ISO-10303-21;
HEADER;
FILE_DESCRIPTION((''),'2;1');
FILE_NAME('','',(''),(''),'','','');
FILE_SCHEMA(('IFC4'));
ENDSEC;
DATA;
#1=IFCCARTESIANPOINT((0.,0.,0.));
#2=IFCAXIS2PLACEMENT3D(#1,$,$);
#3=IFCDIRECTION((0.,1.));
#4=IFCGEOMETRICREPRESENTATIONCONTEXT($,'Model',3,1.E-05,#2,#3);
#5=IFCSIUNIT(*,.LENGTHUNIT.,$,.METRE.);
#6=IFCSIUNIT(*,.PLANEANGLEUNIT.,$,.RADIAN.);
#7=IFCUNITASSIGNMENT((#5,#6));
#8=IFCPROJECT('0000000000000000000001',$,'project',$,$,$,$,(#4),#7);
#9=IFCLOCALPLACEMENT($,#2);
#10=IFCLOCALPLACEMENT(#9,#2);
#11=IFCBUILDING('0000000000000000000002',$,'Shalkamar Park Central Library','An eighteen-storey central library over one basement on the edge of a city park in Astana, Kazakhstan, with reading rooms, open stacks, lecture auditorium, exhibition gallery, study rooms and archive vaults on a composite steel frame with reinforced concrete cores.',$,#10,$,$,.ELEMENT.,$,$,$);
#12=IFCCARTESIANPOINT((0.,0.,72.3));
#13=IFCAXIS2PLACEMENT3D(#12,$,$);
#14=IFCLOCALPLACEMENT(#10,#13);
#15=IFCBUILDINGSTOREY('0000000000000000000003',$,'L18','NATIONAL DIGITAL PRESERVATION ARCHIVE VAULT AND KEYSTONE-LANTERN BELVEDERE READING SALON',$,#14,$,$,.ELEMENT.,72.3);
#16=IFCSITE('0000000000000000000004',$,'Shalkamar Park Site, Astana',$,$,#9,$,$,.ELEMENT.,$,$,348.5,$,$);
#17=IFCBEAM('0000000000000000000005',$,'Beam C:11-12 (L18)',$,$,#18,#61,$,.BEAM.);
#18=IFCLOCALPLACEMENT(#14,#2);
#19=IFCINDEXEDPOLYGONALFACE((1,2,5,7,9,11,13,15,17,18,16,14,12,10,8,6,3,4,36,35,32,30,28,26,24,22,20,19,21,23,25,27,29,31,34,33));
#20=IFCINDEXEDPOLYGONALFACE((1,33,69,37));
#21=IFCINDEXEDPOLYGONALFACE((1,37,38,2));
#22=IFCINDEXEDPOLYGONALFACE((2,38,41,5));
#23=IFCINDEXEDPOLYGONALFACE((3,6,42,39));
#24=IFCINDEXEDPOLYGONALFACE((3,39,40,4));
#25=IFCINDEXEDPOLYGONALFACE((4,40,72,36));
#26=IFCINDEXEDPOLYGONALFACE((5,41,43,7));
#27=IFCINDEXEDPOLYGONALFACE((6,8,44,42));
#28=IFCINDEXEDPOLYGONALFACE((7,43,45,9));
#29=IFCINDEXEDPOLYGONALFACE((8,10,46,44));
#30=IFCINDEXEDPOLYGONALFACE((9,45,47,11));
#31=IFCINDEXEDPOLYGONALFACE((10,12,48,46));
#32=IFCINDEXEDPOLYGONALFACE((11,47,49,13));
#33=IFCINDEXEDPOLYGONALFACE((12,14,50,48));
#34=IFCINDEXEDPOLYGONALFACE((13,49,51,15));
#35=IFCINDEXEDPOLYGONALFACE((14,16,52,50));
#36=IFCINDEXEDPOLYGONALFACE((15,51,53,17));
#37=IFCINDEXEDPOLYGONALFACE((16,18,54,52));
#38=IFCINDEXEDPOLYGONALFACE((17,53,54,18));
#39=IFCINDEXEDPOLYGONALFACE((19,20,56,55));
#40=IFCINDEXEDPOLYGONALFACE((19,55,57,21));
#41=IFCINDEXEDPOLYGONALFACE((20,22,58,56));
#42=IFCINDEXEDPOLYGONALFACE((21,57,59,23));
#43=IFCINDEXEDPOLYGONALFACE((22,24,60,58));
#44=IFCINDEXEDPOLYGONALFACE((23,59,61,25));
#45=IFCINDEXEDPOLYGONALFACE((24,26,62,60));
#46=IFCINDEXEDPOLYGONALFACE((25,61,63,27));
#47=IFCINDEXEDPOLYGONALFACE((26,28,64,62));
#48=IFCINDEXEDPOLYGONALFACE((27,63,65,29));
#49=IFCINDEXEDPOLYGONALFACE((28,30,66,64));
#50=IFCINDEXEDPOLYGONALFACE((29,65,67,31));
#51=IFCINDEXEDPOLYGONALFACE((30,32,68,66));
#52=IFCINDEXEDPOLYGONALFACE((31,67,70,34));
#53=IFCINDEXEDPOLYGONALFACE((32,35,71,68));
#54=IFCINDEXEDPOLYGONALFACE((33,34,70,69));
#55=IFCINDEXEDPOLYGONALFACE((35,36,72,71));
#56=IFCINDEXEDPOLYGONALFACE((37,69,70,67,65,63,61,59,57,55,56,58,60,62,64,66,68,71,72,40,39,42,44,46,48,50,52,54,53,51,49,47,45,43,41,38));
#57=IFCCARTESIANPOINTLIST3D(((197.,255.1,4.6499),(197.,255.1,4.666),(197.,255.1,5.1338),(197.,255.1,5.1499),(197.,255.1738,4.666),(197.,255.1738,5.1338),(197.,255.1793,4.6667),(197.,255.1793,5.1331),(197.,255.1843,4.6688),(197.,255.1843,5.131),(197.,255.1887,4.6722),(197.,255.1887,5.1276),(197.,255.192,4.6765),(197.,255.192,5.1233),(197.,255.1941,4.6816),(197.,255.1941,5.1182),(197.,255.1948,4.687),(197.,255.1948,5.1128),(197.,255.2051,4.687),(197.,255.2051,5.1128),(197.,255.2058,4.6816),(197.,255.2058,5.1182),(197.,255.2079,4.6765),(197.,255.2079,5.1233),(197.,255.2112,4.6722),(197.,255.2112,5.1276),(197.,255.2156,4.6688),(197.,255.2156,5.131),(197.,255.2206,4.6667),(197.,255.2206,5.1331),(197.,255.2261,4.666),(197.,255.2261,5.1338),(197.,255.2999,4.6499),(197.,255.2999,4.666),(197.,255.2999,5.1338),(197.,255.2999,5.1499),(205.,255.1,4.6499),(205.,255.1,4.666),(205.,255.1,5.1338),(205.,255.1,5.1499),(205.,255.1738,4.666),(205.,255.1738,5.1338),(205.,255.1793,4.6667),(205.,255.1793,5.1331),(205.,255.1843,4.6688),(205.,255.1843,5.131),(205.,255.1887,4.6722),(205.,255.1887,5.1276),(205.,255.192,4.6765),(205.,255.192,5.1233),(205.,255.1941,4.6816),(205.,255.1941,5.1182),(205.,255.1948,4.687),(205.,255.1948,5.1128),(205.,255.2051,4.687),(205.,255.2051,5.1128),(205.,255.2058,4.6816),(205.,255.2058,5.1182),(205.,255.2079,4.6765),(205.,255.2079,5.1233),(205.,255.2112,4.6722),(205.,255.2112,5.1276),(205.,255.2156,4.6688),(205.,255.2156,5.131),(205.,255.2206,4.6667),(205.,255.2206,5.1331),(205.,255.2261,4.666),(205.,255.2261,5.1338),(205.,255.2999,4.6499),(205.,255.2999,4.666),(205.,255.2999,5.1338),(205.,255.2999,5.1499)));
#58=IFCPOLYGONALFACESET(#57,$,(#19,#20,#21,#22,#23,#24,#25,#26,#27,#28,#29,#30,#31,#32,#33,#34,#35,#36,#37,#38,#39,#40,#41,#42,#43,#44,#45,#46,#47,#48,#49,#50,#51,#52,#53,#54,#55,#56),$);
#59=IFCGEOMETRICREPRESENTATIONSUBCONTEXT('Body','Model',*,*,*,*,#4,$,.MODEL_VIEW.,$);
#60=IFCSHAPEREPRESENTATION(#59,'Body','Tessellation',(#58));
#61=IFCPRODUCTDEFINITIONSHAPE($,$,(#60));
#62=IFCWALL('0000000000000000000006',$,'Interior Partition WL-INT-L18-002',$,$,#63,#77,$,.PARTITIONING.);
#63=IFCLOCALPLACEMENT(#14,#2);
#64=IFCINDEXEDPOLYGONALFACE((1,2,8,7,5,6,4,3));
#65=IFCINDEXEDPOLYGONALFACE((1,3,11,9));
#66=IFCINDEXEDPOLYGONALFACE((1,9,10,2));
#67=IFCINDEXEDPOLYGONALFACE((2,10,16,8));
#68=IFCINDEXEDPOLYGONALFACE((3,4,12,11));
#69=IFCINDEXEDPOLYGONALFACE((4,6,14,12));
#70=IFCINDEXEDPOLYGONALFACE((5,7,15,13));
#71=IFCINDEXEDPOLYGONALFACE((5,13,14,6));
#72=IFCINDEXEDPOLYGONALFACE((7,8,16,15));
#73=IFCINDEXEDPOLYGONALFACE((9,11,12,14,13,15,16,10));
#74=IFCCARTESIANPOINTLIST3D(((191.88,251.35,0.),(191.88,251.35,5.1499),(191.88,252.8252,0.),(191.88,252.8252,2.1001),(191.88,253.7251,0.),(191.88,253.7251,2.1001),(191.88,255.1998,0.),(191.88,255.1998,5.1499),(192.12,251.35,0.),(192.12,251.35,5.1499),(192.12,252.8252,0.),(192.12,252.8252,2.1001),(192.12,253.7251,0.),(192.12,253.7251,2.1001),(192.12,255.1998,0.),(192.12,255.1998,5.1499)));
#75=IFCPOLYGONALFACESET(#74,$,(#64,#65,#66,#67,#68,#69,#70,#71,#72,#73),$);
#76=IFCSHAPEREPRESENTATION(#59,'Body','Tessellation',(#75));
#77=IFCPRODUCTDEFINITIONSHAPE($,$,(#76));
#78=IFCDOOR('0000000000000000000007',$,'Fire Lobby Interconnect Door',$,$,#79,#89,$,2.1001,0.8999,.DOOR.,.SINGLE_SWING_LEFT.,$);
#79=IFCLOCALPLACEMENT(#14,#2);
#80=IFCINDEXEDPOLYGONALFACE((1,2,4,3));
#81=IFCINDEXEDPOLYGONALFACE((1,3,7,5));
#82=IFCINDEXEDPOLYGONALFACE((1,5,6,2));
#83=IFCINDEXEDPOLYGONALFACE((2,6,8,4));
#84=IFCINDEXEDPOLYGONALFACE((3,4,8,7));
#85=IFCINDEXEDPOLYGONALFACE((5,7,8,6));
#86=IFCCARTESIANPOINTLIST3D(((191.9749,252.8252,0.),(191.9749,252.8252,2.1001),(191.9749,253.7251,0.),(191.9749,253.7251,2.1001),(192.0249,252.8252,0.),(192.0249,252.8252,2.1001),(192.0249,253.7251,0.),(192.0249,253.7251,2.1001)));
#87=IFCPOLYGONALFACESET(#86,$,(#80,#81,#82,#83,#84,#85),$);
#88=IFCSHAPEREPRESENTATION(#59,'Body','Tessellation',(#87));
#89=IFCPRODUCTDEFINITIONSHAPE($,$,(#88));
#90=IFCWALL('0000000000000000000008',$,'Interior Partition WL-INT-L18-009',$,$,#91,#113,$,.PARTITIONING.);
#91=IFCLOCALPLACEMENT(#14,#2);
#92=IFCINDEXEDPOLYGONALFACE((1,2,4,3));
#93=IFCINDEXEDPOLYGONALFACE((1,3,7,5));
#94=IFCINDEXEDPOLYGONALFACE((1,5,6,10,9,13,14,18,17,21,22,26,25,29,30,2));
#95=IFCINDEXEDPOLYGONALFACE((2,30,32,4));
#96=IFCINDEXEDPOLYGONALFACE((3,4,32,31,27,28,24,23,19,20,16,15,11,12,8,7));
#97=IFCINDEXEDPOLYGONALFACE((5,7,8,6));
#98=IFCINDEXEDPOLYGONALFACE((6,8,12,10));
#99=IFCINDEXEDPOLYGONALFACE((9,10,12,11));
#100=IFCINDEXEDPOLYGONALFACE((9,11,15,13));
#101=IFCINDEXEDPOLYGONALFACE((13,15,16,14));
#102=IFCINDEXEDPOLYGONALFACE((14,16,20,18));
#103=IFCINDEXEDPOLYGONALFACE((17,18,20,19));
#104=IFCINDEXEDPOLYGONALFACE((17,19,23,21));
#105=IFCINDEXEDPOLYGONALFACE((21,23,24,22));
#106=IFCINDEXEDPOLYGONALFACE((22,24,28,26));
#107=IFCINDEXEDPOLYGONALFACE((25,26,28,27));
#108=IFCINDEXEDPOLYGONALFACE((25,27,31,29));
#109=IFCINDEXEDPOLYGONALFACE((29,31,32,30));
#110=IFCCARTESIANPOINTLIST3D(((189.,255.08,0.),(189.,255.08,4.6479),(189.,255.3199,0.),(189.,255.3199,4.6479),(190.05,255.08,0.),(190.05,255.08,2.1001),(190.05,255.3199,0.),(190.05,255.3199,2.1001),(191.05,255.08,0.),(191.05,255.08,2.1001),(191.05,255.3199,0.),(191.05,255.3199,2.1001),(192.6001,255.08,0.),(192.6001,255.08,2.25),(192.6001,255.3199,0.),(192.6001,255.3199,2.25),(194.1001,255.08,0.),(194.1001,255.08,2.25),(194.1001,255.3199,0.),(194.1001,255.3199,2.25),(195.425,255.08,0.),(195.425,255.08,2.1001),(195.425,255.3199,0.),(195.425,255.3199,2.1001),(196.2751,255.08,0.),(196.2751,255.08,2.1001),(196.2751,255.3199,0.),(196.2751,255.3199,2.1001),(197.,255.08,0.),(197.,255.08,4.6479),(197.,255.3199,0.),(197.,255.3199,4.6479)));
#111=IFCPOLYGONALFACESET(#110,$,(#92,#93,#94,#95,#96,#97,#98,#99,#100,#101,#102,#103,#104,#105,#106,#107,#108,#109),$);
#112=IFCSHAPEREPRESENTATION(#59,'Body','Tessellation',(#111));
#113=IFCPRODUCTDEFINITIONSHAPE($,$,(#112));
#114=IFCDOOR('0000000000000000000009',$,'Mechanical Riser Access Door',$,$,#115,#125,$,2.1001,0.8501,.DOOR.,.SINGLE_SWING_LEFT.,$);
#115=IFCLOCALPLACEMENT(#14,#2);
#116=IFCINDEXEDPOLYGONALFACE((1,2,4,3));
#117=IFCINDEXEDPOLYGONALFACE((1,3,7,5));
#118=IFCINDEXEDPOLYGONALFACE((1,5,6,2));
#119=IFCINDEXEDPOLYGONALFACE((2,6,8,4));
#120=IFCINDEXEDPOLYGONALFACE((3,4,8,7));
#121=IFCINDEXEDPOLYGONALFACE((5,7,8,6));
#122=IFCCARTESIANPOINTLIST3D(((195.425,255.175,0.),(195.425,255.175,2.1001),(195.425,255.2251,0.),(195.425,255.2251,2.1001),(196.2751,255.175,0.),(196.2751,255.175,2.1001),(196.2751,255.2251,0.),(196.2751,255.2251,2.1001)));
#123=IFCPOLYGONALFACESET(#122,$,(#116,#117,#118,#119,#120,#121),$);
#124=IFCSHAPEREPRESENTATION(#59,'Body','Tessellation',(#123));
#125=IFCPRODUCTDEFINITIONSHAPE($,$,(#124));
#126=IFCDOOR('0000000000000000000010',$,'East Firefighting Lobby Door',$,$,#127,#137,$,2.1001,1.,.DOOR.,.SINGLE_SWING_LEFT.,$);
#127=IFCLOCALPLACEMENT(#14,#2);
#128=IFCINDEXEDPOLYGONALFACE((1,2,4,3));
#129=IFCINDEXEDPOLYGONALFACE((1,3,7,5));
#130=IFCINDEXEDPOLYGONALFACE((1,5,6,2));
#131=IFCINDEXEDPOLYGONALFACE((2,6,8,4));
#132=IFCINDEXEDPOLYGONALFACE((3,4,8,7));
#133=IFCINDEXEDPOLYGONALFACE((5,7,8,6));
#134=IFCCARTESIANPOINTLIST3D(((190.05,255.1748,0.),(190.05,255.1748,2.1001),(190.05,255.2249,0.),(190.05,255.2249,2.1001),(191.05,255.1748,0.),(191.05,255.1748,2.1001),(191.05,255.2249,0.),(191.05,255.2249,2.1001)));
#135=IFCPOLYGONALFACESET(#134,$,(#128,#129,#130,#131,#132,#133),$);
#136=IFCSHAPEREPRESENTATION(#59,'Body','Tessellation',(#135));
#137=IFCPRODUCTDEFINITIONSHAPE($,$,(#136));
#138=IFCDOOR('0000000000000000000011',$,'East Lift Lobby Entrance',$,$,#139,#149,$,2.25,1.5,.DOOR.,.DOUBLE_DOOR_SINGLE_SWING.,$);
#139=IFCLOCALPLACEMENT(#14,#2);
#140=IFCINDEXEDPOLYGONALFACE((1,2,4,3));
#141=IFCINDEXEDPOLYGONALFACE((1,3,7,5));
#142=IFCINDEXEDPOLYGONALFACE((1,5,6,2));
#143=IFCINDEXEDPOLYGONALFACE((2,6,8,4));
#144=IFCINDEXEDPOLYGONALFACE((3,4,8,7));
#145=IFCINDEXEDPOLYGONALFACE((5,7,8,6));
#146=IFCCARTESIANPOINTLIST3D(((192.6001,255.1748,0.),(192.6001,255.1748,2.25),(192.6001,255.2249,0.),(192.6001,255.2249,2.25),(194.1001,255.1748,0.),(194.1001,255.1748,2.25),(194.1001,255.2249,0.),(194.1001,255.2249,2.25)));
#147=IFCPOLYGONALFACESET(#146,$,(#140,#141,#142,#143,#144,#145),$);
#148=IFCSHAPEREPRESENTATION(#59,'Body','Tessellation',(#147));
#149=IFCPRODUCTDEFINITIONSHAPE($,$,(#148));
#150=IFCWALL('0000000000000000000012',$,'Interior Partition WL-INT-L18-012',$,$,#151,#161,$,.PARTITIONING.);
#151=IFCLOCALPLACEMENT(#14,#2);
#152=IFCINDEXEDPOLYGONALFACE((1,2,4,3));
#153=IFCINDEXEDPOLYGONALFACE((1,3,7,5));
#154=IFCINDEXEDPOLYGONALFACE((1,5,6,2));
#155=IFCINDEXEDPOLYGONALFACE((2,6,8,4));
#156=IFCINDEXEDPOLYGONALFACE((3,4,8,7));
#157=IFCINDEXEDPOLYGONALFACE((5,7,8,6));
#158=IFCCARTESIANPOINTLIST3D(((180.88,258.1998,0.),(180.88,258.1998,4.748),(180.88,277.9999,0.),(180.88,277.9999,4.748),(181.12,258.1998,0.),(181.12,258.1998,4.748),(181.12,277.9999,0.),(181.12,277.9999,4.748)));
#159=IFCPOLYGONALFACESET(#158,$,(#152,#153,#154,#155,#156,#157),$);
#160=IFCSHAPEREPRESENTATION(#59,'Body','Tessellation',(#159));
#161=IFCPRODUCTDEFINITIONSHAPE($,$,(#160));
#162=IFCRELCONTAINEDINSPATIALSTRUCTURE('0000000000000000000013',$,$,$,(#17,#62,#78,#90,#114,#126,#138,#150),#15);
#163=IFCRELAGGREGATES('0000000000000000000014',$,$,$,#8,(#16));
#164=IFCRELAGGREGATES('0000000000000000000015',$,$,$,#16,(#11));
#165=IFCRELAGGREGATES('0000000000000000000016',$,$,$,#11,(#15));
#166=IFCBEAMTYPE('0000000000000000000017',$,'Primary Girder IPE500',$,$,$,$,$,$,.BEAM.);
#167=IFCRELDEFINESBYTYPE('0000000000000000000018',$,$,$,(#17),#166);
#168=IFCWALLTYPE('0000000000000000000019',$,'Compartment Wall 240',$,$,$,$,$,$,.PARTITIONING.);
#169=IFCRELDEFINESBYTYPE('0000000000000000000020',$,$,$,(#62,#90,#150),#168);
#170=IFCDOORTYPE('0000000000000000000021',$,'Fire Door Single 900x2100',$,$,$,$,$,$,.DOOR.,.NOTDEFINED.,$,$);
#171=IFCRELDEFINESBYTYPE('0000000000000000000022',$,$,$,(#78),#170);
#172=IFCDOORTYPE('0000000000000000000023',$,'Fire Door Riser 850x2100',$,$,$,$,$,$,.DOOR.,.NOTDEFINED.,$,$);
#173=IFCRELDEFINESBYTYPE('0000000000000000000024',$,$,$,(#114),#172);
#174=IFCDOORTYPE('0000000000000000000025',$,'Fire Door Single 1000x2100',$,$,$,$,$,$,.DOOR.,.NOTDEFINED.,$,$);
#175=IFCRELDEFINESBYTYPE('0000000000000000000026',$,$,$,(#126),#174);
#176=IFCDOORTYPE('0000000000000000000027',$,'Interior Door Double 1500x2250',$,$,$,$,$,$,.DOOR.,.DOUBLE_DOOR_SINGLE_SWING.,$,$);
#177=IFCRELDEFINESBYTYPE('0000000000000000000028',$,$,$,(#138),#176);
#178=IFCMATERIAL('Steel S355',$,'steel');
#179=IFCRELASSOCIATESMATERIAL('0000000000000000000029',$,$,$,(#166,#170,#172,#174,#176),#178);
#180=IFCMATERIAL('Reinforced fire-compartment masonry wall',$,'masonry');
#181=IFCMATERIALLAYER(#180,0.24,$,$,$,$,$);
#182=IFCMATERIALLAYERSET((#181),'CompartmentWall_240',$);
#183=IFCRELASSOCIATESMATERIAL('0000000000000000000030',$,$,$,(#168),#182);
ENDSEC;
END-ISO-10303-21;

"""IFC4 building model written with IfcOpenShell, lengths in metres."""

from ifc_helpers import new_model, si_unit, direction, frame, frame_2d, origin, origin_2d, place, context, subcontext, project, spatial, rectangle, i_section, extrude, material, layer, layer_set, material_profile, profile_set, type_object, element, fill, save


model = new_model("IFC4")

# Units and contexts
model_context = context("Model", 3, precision=1e-05, world=origin(), true_north=direction((0.0, 1.0)))
body_context = subcontext(model_context, "Body", "Model", "MODEL_VIEW")
ifc_project = project(units=[si_unit("LENGTHUNIT", "METRE"), si_unit("PLANEANGLEUNIT", "RADIAN")], contexts=[model_context])

# Site, building, storey
site_placement = place(None, origin())
site = spatial("IfcSite", under=ifc_project, at=site_placement, Name="Shalkamar Park Site, Astana", CompositionType="ELEMENT", RefElevation=348.5)
building_placement = place(site_placement, origin())
building = spatial("IfcBuilding", under=site, at=building_placement, Name="Shalkamar Park Central Library", Description="An eighteen-storey central library over one basement on the edge of a city park in Astana, Kazakhstan, with reading rooms, open stacks, lecture auditorium, exhibition gallery, study rooms and archive vaults on a composite steel frame with reinforced concrete cores.", CompositionType="ELEMENT")
storey_placement = place(building_placement, frame((0.0, 0.0, 72.3)))
storey = spatial("IfcBuildingStorey", under=building, at=storey_placement, Name="L18", Description="NATIONAL DIGITAL PRESERVATION ARCHIVE VAULT AND KEYSTONE-LANTERN BELVEDERE READING SALON", CompositionType="ELEMENT", Elevation=72.3)

# Shared definitions
ifc_material_1 = material(Name="Steel S355", Category="steel")

# Beam
ifc_material_profile_1 = material_profile(ifc_material_1, i_section(OverallWidth=0.2, OverallDepth=0.5, WebThickness=0.0103, FlangeThickness=0.0161, FilletRadius=0.021, at=origin_2d()), Name="IPE 500")
ifc_profile_set_1 = profile_set([ifc_material_profile_1], Name="Steel S355")
beam_type_1 = type_object("IfcBeamType", Name="Primary Girder IPE500", PredefinedType="BEAM", material=ifc_profile_set_1)
for number, where, z_axis, x_axis, name in (
    (1, (197.0, 255.2, 4.8999), (1.0, 0.0, 0.0), (0.0, 1.0, 0.0), "Beam C:11-12 (L18)"),
):
    element("IfcBeam", number, at=place(storey_placement, frame(where, z_axis=z_axis, x_axis=x_axis)), inside=storey, type_object=beam_type_1, Name=name, PredefinedType="BEAM", context=body_context, shape_type="SweptSolid", body=[
        extrude(i_section(OverallWidth=0.2, OverallDepth=0.5, WebThickness=0.0103, FlangeThickness=0.0161, FilletRadius=0.021, at=origin_2d()), origin(), (0.0, 0.0, 1.0), 8.0),
    ])

# Wall, opening, door
ifc_material_2 = material(Name="Reinforced fire-compartment masonry wall", Category="masonry")
ifc_layer_1 = layer(ifc_material_2, 0.24)
ifc_layer_set_1 = layer_set([ifc_layer_1], Name="CompartmentWall_240")
wall_type_1 = type_object("IfcWallType", Name="Compartment Wall 240", PredefinedType="PARTITIONING", material=ifc_layer_set_1)
wall_1_placement = place(storey_placement, frame((192.0, 251.3501, 0.0), z_axis=(0.0, 0.0, 1.0), x_axis=(0.0, 1.0, 0.0)))
wall_1 = element("IfcWall", 2, at=wall_1_placement, inside=storey, type_object=wall_type_1, Name="Interior Partition WL-INT-L18-002", PredefinedType="PARTITIONING", context=body_context, shape_type="SweptSolid", body=[
    extrude(rectangle(XDim=3.8499, YDim=0.24, at=frame_2d((1.9248, 0.0))), origin(), (0.0, 0.0, 1.0), 5.1499),
])
opening_1_placement = place(wall_1_placement, frame((1.4751, 0.0, 0.0)))
opening_1 = element("IfcOpeningElement", 3, at=opening_1_placement, cuts=wall_1, PredefinedType="OPENING", context=body_context, shape_type="SweptSolid", body=[
    extrude(rectangle(XDim=0.8999, YDim=2.1001, at=frame_2d((0.45, 1.05))), frame((0.0, 0.1348, 0.0), z_axis=(0.0, -1.0, 0.0), x_axis=(1.0, 0.0, 0.0)), (0.0, 0.0, 1.0), 0.2698),
])
door_type_1 = type_object("IfcDoorType", Name="Fire Door Single 900x2100", OperationType="NOTDEFINED", PredefinedType="DOOR", material=ifc_material_1)
door_1_placement = place(opening_1_placement, frame((0.8999, 0.0, 0.0), z_axis=(0.0, 0.0, 1.0), x_axis=(-1.0, 0.0, 0.0)))
door_1 = element("IfcDoor", 4, at=door_1_placement, inside=storey, type_object=door_type_1, Name="Fire Lobby Interconnect Door", OperationType="SINGLE_SWING_LEFT", OverallHeight=2.1001, OverallWidth=0.8999, PredefinedType="DOOR", context=body_context, shape_type="SweptSolid", body=[
    extrude(rectangle(XDim=0.8999, YDim=2.1001, at=frame_2d((0.45, 1.05))), frame((0.0, 0.0249, 0.0), z_axis=(0.0, -1.0, 0.0), x_axis=(1.0, 0.0, 0.0)), (0.0, 0.0, 1.0), 0.05),
])
fill(opening_1, door_1)

# Wall, openings, doors
wall_2_placement = place(storey_placement, frame((189.0, 255.2, 0.0), z_axis=(0.0, 0.0, 1.0), x_axis=(1.0, 0.0, 0.0)))
wall_2 = element("IfcWall", 5, at=wall_2_placement, inside=storey, type_object=wall_type_1, Name="Interior Partition WL-INT-L18-009", PredefinedType="PARTITIONING", context=body_context, shape_type="SweptSolid", body=[
    extrude(rectangle(XDim=8.0, YDim=0.24, at=frame_2d((4.0, 0.0))), origin(), (0.0, 0.0, 1.0), 4.6479),
])
opening_2_placement = place(wall_2_placement, frame((1.05, 0.0, 0.0)))
opening_2 = element("IfcOpeningElement", 6, at=opening_2_placement, cuts=wall_2, PredefinedType="OPENING", context=body_context, shape_type="SweptSolid", body=[
    extrude(rectangle(XDim=1.0, YDim=2.1001, at=frame_2d((0.5, 1.05))), frame((0.0, 0.1348, 0.0), z_axis=(0.0, -1.0, 0.0), x_axis=(1.0, 0.0, 0.0)), (0.0, 0.0, 1.0), 0.2698),
])
opening_3_placement = place(wall_2_placement, frame((3.6001, 0.0, 0.0)))
opening_3 = element("IfcOpeningElement", 7, at=opening_3_placement, cuts=wall_2, PredefinedType="OPENING", context=body_context, shape_type="SweptSolid", body=[
    extrude(rectangle(XDim=1.5, YDim=2.25, at=frame_2d((0.75, 1.125))), frame((0.0, 0.1348, 0.0), z_axis=(0.0, -1.0, 0.0), x_axis=(1.0, 0.0, 0.0)), (0.0, 0.0, 1.0), 0.2698),
])
opening_4_placement = place(wall_2_placement, frame((6.425, 0.0, 0.0)))
opening_4 = element("IfcOpeningElement", 8, at=opening_4_placement, cuts=wall_2, PredefinedType="OPENING", context=body_context, shape_type="SweptSolid", body=[
    extrude(rectangle(XDim=0.8501, YDim=2.1001, at=frame_2d((0.425, 1.05))), frame((0.0, 0.1348, 0.0), z_axis=(0.0, -1.0, 0.0), x_axis=(1.0, 0.0, 0.0)), (0.0, 0.0, 1.0), 0.2698),
])
door_type_2 = type_object("IfcDoorType", Name="Fire Door Riser 850x2100", OperationType="NOTDEFINED", PredefinedType="DOOR", material=ifc_material_1)
door_2_placement = place(opening_4_placement, frame((0.8501, 0.0, 0.0), z_axis=(0.0, 0.0, 1.0), x_axis=(-1.0, 0.0, 0.0)))
door_2 = element("IfcDoor", 9, at=door_2_placement, inside=storey, type_object=door_type_2, Name="Mechanical Riser Access Door", OperationType="SINGLE_SWING_LEFT", OverallHeight=2.1001, OverallWidth=0.8501, PredefinedType="DOOR", context=body_context, shape_type="SweptSolid", body=[
    extrude(rectangle(XDim=0.8501, YDim=2.1001, at=frame_2d((0.425, 1.05))), frame((0.0, 0.0249, 0.0), z_axis=(0.0, -1.0, 0.0), x_axis=(1.0, 0.0, 0.0)), (0.0, 0.0, 1.0), 0.05),
])
fill(opening_4, door_2)
door_type_3 = type_object("IfcDoorType", Name="Fire Door Single 1000x2100", OperationType="NOTDEFINED", PredefinedType="DOOR", material=ifc_material_1)
door_3_placement = place(opening_2_placement, origin())
door_3 = element("IfcDoor", 10, at=door_3_placement, inside=storey, type_object=door_type_3, Name="East Firefighting Lobby Door", OperationType="SINGLE_SWING_LEFT", OverallHeight=2.1001, OverallWidth=1.0, PredefinedType="DOOR", context=body_context, shape_type="SweptSolid", body=[
    extrude(rectangle(XDim=1.0, YDim=2.1001, at=frame_2d((0.5, 1.05))), frame((0.0, 0.0249, 0.0), z_axis=(0.0, -1.0, 0.0), x_axis=(1.0, 0.0, 0.0)), (0.0, 0.0, 1.0), 0.05),
])
fill(opening_2, door_3)
door_type_4 = type_object("IfcDoorType", Name="Interior Door Double 1500x2250", OperationType="DOUBLE_DOOR_SINGLE_SWING", PredefinedType="DOOR", material=ifc_material_1)
door_4_placement = place(opening_3_placement, origin())
door_4 = element("IfcDoor", 11, at=door_4_placement, inside=storey, type_object=door_type_4, Name="East Lift Lobby Entrance", OperationType="DOUBLE_DOOR_SINGLE_SWING", OverallHeight=2.25, OverallWidth=1.5, PredefinedType="DOOR", context=body_context, shape_type="SweptSolid", body=[
    extrude(rectangle(XDim=1.5, YDim=2.25, at=frame_2d((0.75, 1.125))), frame((0.0, 0.0249, 0.0), z_axis=(0.0, -1.0, 0.0), x_axis=(1.0, 0.0, 0.0)), (0.0, 0.0, 1.0), 0.05),
])
fill(opening_3, door_4)

# Wall
wall_3_placement = place(storey_placement, frame((181.0, 258.2, 0.0), z_axis=(0.0, 0.0, 1.0), x_axis=(0.0, 1.0, 0.0)))
element("IfcWall", 12, at=wall_3_placement, inside=storey, type_object=wall_type_1, Name="Interior Partition WL-INT-L18-012", PredefinedType="PARTITIONING", context=body_context, shape_type="SweptSolid", body=[
    extrude(rectangle(XDim=19.8, YDim=0.24, at=frame_2d((9.8999, 0.0))), origin(), (0.0, 0.0, 1.0), 4.748),
])

save(model, "model.ifc")
